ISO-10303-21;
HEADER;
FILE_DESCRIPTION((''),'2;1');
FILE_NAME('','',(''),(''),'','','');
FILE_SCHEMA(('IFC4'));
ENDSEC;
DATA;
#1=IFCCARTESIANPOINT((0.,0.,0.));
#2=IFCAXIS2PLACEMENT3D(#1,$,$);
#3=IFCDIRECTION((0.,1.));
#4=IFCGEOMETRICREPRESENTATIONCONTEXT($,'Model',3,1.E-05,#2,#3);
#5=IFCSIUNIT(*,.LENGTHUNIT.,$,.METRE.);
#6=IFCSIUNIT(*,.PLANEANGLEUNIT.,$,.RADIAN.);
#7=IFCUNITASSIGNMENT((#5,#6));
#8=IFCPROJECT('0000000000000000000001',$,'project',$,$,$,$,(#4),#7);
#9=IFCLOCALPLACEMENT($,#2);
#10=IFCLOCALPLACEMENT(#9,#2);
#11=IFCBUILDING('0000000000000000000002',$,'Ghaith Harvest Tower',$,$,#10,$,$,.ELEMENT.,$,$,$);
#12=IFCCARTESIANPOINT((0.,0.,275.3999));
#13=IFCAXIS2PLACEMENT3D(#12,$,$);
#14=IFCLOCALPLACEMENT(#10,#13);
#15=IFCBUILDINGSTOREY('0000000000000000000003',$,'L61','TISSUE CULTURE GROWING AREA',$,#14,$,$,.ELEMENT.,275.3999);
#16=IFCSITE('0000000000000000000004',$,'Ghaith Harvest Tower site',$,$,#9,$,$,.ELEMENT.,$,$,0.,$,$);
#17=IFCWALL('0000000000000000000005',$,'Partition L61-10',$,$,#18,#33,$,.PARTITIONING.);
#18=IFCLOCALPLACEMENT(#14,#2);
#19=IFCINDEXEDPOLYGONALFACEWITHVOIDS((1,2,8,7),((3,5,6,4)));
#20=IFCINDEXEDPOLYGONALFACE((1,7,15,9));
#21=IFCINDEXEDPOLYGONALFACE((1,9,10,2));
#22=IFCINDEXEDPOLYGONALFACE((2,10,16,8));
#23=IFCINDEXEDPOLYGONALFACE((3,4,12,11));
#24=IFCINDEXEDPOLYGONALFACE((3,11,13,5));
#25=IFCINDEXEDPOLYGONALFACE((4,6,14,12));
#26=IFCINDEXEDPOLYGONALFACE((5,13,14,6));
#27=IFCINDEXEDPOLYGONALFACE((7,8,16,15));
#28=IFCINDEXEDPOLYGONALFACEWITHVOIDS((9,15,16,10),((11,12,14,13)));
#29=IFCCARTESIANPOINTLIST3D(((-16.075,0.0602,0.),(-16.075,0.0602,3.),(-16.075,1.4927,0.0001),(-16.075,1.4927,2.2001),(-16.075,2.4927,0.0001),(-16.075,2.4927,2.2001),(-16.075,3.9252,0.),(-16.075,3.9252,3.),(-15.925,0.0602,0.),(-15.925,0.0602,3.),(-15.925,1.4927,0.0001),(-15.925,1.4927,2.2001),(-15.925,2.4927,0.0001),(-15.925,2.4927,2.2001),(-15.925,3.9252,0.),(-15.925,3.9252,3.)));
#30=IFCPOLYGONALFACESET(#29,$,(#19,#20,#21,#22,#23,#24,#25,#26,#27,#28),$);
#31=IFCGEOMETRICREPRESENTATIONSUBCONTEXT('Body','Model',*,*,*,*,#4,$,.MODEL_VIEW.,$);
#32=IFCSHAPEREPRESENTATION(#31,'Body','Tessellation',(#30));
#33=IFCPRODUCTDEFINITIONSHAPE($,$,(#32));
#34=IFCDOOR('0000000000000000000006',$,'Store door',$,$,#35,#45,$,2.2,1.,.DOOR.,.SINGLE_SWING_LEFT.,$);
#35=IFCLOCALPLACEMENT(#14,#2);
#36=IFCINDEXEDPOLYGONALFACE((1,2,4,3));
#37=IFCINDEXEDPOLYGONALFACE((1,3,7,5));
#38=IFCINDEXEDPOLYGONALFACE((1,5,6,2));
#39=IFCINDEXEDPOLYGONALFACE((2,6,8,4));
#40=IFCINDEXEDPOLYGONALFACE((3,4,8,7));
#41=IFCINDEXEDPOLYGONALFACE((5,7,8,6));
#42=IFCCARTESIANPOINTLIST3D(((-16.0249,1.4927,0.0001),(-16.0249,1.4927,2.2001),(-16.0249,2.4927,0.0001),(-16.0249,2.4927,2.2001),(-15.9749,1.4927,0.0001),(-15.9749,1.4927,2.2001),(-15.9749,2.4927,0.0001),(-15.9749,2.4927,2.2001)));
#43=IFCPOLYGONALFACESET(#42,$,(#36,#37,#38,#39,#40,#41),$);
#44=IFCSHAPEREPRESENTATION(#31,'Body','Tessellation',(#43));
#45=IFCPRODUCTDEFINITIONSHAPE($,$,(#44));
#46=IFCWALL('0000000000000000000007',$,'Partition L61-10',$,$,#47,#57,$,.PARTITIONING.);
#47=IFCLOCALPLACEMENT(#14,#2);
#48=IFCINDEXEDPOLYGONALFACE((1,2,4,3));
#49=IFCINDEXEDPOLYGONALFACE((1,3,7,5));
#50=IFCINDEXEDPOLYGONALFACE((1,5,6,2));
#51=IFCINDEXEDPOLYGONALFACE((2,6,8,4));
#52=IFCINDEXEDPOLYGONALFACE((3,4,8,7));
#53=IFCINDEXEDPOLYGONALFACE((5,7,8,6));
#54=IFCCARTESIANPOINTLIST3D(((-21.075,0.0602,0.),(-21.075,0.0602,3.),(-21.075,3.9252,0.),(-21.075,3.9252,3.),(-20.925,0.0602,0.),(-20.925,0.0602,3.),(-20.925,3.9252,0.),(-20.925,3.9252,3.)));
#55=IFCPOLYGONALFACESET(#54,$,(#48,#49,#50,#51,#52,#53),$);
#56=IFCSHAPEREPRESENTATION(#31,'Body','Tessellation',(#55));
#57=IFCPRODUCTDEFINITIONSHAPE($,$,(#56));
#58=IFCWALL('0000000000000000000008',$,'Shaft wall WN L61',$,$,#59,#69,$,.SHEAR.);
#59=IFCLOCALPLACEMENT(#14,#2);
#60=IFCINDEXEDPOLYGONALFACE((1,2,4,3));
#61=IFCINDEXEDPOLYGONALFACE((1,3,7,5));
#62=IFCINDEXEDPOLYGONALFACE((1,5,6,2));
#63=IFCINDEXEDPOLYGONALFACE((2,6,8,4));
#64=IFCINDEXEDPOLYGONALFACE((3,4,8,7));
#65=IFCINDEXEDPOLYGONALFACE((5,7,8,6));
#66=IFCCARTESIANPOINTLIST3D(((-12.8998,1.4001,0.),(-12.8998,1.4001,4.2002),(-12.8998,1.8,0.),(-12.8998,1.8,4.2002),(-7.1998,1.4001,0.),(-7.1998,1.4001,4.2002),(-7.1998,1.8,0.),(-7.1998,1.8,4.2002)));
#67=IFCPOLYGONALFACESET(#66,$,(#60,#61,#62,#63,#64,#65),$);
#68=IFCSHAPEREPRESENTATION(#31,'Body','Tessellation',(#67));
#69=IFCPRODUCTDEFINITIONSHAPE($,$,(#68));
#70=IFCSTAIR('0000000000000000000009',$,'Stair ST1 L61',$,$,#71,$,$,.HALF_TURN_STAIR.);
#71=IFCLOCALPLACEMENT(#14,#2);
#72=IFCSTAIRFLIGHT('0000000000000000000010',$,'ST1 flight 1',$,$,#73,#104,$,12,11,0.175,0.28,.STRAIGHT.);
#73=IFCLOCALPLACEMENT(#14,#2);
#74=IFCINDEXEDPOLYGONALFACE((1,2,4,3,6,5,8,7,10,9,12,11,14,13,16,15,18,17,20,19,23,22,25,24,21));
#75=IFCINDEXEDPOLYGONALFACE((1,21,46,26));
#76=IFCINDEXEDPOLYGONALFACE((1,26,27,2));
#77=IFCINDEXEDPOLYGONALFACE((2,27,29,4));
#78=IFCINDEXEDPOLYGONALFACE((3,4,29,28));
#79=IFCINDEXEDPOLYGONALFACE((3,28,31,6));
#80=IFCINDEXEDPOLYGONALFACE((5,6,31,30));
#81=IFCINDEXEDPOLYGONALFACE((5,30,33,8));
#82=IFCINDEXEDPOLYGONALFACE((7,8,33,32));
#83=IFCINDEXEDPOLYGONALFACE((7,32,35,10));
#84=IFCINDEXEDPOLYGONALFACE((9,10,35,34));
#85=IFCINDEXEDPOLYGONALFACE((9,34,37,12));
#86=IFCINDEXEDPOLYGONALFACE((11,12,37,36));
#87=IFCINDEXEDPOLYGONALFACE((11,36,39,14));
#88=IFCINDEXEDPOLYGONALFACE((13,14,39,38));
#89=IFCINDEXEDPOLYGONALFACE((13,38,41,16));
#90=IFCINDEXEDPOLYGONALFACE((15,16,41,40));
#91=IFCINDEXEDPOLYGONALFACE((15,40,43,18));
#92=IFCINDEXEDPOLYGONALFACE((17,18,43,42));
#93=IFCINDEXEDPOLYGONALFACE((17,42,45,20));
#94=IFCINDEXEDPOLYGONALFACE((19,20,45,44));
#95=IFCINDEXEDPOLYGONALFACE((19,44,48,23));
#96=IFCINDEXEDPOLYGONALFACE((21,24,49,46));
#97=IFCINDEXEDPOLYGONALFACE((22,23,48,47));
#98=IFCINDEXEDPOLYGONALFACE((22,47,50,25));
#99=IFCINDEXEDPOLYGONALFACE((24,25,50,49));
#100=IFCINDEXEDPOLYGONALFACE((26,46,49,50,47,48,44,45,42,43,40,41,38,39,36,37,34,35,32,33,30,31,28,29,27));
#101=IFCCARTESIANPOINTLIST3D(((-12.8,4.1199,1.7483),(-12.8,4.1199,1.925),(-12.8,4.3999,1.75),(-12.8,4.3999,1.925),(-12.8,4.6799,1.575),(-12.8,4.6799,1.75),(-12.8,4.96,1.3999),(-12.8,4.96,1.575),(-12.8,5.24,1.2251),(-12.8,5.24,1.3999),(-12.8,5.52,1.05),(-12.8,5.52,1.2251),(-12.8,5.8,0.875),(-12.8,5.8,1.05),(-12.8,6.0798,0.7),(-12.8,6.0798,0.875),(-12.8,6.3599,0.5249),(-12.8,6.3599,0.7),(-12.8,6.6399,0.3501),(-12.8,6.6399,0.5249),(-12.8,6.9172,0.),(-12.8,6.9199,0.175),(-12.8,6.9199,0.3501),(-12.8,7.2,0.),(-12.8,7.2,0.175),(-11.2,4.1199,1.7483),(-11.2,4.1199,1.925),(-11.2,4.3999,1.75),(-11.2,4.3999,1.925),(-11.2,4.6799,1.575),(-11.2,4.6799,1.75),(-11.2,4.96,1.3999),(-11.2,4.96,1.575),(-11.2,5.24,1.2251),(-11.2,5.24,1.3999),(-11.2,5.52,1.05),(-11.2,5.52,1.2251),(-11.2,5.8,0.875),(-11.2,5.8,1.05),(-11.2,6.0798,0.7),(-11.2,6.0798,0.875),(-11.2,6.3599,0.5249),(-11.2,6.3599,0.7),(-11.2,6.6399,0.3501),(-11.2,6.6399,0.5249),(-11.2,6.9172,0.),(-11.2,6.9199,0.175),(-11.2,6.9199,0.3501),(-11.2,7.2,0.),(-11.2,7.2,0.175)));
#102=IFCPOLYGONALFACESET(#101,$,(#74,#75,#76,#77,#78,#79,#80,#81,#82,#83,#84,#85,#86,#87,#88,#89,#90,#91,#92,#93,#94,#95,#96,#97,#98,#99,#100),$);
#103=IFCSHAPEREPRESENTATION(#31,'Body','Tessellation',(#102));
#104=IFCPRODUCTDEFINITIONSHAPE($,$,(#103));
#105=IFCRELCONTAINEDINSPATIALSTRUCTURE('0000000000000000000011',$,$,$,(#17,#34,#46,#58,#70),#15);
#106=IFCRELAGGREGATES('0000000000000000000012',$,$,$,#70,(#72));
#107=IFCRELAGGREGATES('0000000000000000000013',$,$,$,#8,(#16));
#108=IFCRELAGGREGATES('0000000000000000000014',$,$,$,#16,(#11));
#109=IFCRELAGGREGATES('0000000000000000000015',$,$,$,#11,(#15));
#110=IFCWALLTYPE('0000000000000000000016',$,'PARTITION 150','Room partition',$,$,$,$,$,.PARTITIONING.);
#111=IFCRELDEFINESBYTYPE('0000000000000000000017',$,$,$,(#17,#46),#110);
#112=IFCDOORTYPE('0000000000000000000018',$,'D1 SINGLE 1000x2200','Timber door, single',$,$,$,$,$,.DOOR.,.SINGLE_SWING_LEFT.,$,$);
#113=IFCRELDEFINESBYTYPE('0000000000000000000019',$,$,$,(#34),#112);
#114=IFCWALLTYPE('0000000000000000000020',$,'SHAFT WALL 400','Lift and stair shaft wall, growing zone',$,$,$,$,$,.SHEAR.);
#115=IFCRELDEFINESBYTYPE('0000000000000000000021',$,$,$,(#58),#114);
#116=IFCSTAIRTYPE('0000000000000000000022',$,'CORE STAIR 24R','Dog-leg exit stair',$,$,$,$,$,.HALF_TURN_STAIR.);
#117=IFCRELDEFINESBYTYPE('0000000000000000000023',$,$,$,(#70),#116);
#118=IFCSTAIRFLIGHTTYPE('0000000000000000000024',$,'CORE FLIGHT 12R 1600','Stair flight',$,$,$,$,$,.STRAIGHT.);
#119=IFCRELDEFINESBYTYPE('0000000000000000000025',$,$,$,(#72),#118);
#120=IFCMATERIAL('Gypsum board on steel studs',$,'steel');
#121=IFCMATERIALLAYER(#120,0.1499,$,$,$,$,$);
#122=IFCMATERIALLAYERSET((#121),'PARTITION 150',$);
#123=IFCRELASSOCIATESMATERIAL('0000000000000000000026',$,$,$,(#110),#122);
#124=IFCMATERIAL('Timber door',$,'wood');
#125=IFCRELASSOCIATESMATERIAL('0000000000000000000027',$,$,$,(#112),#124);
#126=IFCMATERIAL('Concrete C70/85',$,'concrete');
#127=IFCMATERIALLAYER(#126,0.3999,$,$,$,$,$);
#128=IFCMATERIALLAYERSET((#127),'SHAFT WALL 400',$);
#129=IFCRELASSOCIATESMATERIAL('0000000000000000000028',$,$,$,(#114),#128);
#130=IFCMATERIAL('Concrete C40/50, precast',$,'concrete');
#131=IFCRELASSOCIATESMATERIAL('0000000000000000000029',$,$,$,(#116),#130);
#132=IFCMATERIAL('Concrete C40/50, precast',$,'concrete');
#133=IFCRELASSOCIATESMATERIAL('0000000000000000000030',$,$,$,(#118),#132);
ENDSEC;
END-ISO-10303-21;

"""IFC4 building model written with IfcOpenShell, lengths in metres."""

from ifc_helpers import new_model, si_unit, direction, frame, frame_2d, origin, place, context, subcontext, project, spatial, polyline, rectangle, outline, extrude, material, layer, layer_set, type_object, element, fill, aggregate, save


model = new_model("IFC4")

# Units and contexts
model_context = context("Model", 3, precision=1e-05, world=origin(), true_north=direction((0.0, 1.0)))
body_context = subcontext(model_context, "Body", "Model", "MODEL_VIEW")
ifc_project = project(units=[si_unit("LENGTHUNIT", "METRE"), si_unit("PLANEANGLEUNIT", "RADIAN")], contexts=[model_context])

# Site, building, storey
site_placement = place(None, origin())
site = spatial("IfcSite", under=ifc_project, at=site_placement, Name="Ghaith Harvest Tower site", CompositionType="ELEMENT", RefElevation=0.0)
building_placement = place(site_placement, origin())
building = spatial("IfcBuilding", under=site, at=building_placement, Name="Ghaith Harvest Tower", CompositionType="ELEMENT")
storey_placement = place(building_placement, frame((0.0, 0.0, 275.3999)))
storey = spatial("IfcBuildingStorey", under=building, at=storey_placement, Name="L61", Description="TISSUE CULTURE GROWING AREA", CompositionType="ELEMENT", Elevation=275.3999)

# Shared definitions
ifc_material_1 = material(Name="Gypsum board on steel studs", Category="steel")
ifc_layer_1 = layer(ifc_material_1, 0.1499)
ifc_layer_set_1 = layer_set([ifc_layer_1], Name="PARTITION 150")
wall_type_1 = type_object("IfcWallType", Name="PARTITION 150", Description="Room partition", PredefinedType="PARTITIONING", material=ifc_layer_set_1)

# Wall, opening, door
wall_1_placement = place(storey_placement, frame((-16.0, 0.0601, 0.0), z_axis=(0.0, 0.0, 1.0), x_axis=(0.0, 1.0, 0.0)))
wall_1 = element("IfcWall", 1, at=wall_1_placement, inside=storey, type_object=wall_type_1, Name="Partition L61-10", PredefinedType="PARTITIONING", context=body_context, shape_type="SweptSolid", body=[
    extrude(rectangle(XDim=3.865, YDim=0.1499, at=frame_2d((1.9326, 0.0))), origin(), (0.0, 0.0, 1.0), 3.0),
])
opening_placement = place(wall_1_placement, frame((1.4326, 0.0, 0.0)))
opening = element("IfcOpeningElement", 2, at=opening_placement, cuts=wall_1, PredefinedType="OPENING", context=body_context, shape_type="SweptSolid", body=[
    extrude(rectangle(XDim=1.0, YDim=2.2, at=frame_2d((0.5, 1.1001))), frame((0.0, 0.085, 0.0), z_axis=(0.0, -1.0, 0.0), x_axis=(1.0, 0.0, 0.0)), (0.0, 0.0, 1.0), 0.1699),
])
ifc_material_2 = material(Name="Timber door", Category="wood")
door_type = type_object("IfcDoorType", Name="D1 SINGLE 1000x2200", Description="Timber door, single", OperationType="SINGLE_SWING_LEFT", PredefinedType="DOOR", material=ifc_material_2)
door_placement = place(opening_placement, origin())
door = element("IfcDoor", 3, at=door_placement, inside=storey, type_object=door_type, Name="Store door", OperationType="SINGLE_SWING_LEFT", OverallHeight=2.2, OverallWidth=1.0, PredefinedType="DOOR", context=body_context, shape_type="SweptSolid", body=[
    extrude(rectangle(XDim=1.0, YDim=2.2, at=frame_2d((0.5, 1.1001))), frame((0.0, 0.0249, 0.0), z_axis=(0.0, -1.0, 0.0), x_axis=(1.0, 0.0, 0.0)), (0.0, 0.0, 1.0), 0.05),
])
fill(opening, door)

# Walls
wall_2_placement = place(storey_placement, frame((-21.0, 0.0601, 0.0), z_axis=(0.0, 0.0, 1.0), x_axis=(0.0, 1.0, 0.0)))
element("IfcWall", 4, at=wall_2_placement, inside=storey, type_object=wall_type_1, Name="Partition L61-10", PredefinedType="PARTITIONING", context=body_context, shape_type="SweptSolid", body=[
    extrude(rectangle(XDim=3.865, YDim=0.1499, at=frame_2d((1.9326, 0.0))), origin(), (0.0, 0.0, 1.0), 3.0),
])
ifc_material_3 = material(Name="Concrete C70/85", Category="concrete")
ifc_layer_2 = layer(ifc_material_3, 0.3999)
ifc_layer_set_2 = layer_set([ifc_layer_2], Name="SHAFT WALL 400")
wall_type_2 = type_object("IfcWallType", Name="SHAFT WALL 400", Description="Lift and stair shaft wall, growing zone", PredefinedType="SHEAR", material=ifc_layer_set_2)
wall_3_placement = place(storey_placement, frame((-12.8999, 1.6001, 0.0), z_axis=(0.0, 0.0, 1.0), x_axis=(1.0, 0.0, 0.0)))
element("IfcWall", 5, at=wall_3_placement, inside=storey, type_object=wall_type_2, Name="Shaft wall WN L61", PredefinedType="SHEAR", context=body_context, shape_type="SweptSolid", body=[
    extrude(rectangle(XDim=5.7, YDim=0.3999, at=frame_2d((2.8501, 0.0))), origin(), (0.0, 0.0, 1.0), 4.2002),
])

# Stair, stair flight
ifc_material_4 = material(Name="Concrete C40/50, precast", Category="concrete")
stair_type = type_object("IfcStairType", Name="CORE STAIR 24R", Description="Dog-leg exit stair", PredefinedType="HALF_TURN_STAIR", material=ifc_material_4)
stair_placement = place(storey_placement, origin())
stair = element("IfcStair", 6, at=stair_placement, inside=storey, type_object=stair_type, Name="Stair ST1 L61", PredefinedType="HALF_TURN_STAIR")
ifc_material_5 = material(Name="Concrete C40/50, precast", Category="concrete")
stair_flight_type = type_object("IfcStairFlightType", Name="CORE FLIGHT 12R 1600", Description="Stair flight", PredefinedType="STRAIGHT", material=ifc_material_5)
stair_flight_placement = place(storey_placement, frame((-12.0, 7.2, 0.0), z_axis=(0.0, 0.0, 1.0), x_axis=(0.0, -1.0, 0.0)))
stair_flight = element("IfcStairFlight", 7, at=stair_flight_placement, type_object=stair_flight_type, Name="ST1 flight 1", NumberOfRisers=12, NumberOfTreads=11, PredefinedType="STRAIGHT", RiserHeight=0.175, TreadLength=0.28, context=body_context, shape_type="SweptSolid", body=[
    extrude(outline(polyline([(0.0, 0.0), (0.0, 0.175), (0.28, 0.175), (0.28, 0.3501), (0.5601, 0.3501), (0.5601, 0.5249), (0.8401, 0.5249), (0.8401, 0.7), (1.1201, 0.7), (1.1201, 0.875), (1.3999, 0.875), (1.3999, 1.05), (1.6799, 1.05), (1.6799, 1.2251), (1.96, 1.2251), (1.96, 1.3999), (2.24, 1.3999), (2.24, 1.575), (2.52, 1.575), (2.52, 1.75), (2.8, 1.75), (2.8, 1.925), (3.0801, 1.925), (3.0801, 2.1001), (3.0801, 1.7483), (0.2827, 0.0), (0.0, 0.0)])), frame((0.0, 0.8, 0.0), z_axis=(0.0, -1.0, 0.0), x_axis=(1.0, 0.0, 0.0)), (0.0, 0.0, 1.0), 1.6001),
])
aggregate(stair, [stair_flight])

save(model, "model.ifc")
